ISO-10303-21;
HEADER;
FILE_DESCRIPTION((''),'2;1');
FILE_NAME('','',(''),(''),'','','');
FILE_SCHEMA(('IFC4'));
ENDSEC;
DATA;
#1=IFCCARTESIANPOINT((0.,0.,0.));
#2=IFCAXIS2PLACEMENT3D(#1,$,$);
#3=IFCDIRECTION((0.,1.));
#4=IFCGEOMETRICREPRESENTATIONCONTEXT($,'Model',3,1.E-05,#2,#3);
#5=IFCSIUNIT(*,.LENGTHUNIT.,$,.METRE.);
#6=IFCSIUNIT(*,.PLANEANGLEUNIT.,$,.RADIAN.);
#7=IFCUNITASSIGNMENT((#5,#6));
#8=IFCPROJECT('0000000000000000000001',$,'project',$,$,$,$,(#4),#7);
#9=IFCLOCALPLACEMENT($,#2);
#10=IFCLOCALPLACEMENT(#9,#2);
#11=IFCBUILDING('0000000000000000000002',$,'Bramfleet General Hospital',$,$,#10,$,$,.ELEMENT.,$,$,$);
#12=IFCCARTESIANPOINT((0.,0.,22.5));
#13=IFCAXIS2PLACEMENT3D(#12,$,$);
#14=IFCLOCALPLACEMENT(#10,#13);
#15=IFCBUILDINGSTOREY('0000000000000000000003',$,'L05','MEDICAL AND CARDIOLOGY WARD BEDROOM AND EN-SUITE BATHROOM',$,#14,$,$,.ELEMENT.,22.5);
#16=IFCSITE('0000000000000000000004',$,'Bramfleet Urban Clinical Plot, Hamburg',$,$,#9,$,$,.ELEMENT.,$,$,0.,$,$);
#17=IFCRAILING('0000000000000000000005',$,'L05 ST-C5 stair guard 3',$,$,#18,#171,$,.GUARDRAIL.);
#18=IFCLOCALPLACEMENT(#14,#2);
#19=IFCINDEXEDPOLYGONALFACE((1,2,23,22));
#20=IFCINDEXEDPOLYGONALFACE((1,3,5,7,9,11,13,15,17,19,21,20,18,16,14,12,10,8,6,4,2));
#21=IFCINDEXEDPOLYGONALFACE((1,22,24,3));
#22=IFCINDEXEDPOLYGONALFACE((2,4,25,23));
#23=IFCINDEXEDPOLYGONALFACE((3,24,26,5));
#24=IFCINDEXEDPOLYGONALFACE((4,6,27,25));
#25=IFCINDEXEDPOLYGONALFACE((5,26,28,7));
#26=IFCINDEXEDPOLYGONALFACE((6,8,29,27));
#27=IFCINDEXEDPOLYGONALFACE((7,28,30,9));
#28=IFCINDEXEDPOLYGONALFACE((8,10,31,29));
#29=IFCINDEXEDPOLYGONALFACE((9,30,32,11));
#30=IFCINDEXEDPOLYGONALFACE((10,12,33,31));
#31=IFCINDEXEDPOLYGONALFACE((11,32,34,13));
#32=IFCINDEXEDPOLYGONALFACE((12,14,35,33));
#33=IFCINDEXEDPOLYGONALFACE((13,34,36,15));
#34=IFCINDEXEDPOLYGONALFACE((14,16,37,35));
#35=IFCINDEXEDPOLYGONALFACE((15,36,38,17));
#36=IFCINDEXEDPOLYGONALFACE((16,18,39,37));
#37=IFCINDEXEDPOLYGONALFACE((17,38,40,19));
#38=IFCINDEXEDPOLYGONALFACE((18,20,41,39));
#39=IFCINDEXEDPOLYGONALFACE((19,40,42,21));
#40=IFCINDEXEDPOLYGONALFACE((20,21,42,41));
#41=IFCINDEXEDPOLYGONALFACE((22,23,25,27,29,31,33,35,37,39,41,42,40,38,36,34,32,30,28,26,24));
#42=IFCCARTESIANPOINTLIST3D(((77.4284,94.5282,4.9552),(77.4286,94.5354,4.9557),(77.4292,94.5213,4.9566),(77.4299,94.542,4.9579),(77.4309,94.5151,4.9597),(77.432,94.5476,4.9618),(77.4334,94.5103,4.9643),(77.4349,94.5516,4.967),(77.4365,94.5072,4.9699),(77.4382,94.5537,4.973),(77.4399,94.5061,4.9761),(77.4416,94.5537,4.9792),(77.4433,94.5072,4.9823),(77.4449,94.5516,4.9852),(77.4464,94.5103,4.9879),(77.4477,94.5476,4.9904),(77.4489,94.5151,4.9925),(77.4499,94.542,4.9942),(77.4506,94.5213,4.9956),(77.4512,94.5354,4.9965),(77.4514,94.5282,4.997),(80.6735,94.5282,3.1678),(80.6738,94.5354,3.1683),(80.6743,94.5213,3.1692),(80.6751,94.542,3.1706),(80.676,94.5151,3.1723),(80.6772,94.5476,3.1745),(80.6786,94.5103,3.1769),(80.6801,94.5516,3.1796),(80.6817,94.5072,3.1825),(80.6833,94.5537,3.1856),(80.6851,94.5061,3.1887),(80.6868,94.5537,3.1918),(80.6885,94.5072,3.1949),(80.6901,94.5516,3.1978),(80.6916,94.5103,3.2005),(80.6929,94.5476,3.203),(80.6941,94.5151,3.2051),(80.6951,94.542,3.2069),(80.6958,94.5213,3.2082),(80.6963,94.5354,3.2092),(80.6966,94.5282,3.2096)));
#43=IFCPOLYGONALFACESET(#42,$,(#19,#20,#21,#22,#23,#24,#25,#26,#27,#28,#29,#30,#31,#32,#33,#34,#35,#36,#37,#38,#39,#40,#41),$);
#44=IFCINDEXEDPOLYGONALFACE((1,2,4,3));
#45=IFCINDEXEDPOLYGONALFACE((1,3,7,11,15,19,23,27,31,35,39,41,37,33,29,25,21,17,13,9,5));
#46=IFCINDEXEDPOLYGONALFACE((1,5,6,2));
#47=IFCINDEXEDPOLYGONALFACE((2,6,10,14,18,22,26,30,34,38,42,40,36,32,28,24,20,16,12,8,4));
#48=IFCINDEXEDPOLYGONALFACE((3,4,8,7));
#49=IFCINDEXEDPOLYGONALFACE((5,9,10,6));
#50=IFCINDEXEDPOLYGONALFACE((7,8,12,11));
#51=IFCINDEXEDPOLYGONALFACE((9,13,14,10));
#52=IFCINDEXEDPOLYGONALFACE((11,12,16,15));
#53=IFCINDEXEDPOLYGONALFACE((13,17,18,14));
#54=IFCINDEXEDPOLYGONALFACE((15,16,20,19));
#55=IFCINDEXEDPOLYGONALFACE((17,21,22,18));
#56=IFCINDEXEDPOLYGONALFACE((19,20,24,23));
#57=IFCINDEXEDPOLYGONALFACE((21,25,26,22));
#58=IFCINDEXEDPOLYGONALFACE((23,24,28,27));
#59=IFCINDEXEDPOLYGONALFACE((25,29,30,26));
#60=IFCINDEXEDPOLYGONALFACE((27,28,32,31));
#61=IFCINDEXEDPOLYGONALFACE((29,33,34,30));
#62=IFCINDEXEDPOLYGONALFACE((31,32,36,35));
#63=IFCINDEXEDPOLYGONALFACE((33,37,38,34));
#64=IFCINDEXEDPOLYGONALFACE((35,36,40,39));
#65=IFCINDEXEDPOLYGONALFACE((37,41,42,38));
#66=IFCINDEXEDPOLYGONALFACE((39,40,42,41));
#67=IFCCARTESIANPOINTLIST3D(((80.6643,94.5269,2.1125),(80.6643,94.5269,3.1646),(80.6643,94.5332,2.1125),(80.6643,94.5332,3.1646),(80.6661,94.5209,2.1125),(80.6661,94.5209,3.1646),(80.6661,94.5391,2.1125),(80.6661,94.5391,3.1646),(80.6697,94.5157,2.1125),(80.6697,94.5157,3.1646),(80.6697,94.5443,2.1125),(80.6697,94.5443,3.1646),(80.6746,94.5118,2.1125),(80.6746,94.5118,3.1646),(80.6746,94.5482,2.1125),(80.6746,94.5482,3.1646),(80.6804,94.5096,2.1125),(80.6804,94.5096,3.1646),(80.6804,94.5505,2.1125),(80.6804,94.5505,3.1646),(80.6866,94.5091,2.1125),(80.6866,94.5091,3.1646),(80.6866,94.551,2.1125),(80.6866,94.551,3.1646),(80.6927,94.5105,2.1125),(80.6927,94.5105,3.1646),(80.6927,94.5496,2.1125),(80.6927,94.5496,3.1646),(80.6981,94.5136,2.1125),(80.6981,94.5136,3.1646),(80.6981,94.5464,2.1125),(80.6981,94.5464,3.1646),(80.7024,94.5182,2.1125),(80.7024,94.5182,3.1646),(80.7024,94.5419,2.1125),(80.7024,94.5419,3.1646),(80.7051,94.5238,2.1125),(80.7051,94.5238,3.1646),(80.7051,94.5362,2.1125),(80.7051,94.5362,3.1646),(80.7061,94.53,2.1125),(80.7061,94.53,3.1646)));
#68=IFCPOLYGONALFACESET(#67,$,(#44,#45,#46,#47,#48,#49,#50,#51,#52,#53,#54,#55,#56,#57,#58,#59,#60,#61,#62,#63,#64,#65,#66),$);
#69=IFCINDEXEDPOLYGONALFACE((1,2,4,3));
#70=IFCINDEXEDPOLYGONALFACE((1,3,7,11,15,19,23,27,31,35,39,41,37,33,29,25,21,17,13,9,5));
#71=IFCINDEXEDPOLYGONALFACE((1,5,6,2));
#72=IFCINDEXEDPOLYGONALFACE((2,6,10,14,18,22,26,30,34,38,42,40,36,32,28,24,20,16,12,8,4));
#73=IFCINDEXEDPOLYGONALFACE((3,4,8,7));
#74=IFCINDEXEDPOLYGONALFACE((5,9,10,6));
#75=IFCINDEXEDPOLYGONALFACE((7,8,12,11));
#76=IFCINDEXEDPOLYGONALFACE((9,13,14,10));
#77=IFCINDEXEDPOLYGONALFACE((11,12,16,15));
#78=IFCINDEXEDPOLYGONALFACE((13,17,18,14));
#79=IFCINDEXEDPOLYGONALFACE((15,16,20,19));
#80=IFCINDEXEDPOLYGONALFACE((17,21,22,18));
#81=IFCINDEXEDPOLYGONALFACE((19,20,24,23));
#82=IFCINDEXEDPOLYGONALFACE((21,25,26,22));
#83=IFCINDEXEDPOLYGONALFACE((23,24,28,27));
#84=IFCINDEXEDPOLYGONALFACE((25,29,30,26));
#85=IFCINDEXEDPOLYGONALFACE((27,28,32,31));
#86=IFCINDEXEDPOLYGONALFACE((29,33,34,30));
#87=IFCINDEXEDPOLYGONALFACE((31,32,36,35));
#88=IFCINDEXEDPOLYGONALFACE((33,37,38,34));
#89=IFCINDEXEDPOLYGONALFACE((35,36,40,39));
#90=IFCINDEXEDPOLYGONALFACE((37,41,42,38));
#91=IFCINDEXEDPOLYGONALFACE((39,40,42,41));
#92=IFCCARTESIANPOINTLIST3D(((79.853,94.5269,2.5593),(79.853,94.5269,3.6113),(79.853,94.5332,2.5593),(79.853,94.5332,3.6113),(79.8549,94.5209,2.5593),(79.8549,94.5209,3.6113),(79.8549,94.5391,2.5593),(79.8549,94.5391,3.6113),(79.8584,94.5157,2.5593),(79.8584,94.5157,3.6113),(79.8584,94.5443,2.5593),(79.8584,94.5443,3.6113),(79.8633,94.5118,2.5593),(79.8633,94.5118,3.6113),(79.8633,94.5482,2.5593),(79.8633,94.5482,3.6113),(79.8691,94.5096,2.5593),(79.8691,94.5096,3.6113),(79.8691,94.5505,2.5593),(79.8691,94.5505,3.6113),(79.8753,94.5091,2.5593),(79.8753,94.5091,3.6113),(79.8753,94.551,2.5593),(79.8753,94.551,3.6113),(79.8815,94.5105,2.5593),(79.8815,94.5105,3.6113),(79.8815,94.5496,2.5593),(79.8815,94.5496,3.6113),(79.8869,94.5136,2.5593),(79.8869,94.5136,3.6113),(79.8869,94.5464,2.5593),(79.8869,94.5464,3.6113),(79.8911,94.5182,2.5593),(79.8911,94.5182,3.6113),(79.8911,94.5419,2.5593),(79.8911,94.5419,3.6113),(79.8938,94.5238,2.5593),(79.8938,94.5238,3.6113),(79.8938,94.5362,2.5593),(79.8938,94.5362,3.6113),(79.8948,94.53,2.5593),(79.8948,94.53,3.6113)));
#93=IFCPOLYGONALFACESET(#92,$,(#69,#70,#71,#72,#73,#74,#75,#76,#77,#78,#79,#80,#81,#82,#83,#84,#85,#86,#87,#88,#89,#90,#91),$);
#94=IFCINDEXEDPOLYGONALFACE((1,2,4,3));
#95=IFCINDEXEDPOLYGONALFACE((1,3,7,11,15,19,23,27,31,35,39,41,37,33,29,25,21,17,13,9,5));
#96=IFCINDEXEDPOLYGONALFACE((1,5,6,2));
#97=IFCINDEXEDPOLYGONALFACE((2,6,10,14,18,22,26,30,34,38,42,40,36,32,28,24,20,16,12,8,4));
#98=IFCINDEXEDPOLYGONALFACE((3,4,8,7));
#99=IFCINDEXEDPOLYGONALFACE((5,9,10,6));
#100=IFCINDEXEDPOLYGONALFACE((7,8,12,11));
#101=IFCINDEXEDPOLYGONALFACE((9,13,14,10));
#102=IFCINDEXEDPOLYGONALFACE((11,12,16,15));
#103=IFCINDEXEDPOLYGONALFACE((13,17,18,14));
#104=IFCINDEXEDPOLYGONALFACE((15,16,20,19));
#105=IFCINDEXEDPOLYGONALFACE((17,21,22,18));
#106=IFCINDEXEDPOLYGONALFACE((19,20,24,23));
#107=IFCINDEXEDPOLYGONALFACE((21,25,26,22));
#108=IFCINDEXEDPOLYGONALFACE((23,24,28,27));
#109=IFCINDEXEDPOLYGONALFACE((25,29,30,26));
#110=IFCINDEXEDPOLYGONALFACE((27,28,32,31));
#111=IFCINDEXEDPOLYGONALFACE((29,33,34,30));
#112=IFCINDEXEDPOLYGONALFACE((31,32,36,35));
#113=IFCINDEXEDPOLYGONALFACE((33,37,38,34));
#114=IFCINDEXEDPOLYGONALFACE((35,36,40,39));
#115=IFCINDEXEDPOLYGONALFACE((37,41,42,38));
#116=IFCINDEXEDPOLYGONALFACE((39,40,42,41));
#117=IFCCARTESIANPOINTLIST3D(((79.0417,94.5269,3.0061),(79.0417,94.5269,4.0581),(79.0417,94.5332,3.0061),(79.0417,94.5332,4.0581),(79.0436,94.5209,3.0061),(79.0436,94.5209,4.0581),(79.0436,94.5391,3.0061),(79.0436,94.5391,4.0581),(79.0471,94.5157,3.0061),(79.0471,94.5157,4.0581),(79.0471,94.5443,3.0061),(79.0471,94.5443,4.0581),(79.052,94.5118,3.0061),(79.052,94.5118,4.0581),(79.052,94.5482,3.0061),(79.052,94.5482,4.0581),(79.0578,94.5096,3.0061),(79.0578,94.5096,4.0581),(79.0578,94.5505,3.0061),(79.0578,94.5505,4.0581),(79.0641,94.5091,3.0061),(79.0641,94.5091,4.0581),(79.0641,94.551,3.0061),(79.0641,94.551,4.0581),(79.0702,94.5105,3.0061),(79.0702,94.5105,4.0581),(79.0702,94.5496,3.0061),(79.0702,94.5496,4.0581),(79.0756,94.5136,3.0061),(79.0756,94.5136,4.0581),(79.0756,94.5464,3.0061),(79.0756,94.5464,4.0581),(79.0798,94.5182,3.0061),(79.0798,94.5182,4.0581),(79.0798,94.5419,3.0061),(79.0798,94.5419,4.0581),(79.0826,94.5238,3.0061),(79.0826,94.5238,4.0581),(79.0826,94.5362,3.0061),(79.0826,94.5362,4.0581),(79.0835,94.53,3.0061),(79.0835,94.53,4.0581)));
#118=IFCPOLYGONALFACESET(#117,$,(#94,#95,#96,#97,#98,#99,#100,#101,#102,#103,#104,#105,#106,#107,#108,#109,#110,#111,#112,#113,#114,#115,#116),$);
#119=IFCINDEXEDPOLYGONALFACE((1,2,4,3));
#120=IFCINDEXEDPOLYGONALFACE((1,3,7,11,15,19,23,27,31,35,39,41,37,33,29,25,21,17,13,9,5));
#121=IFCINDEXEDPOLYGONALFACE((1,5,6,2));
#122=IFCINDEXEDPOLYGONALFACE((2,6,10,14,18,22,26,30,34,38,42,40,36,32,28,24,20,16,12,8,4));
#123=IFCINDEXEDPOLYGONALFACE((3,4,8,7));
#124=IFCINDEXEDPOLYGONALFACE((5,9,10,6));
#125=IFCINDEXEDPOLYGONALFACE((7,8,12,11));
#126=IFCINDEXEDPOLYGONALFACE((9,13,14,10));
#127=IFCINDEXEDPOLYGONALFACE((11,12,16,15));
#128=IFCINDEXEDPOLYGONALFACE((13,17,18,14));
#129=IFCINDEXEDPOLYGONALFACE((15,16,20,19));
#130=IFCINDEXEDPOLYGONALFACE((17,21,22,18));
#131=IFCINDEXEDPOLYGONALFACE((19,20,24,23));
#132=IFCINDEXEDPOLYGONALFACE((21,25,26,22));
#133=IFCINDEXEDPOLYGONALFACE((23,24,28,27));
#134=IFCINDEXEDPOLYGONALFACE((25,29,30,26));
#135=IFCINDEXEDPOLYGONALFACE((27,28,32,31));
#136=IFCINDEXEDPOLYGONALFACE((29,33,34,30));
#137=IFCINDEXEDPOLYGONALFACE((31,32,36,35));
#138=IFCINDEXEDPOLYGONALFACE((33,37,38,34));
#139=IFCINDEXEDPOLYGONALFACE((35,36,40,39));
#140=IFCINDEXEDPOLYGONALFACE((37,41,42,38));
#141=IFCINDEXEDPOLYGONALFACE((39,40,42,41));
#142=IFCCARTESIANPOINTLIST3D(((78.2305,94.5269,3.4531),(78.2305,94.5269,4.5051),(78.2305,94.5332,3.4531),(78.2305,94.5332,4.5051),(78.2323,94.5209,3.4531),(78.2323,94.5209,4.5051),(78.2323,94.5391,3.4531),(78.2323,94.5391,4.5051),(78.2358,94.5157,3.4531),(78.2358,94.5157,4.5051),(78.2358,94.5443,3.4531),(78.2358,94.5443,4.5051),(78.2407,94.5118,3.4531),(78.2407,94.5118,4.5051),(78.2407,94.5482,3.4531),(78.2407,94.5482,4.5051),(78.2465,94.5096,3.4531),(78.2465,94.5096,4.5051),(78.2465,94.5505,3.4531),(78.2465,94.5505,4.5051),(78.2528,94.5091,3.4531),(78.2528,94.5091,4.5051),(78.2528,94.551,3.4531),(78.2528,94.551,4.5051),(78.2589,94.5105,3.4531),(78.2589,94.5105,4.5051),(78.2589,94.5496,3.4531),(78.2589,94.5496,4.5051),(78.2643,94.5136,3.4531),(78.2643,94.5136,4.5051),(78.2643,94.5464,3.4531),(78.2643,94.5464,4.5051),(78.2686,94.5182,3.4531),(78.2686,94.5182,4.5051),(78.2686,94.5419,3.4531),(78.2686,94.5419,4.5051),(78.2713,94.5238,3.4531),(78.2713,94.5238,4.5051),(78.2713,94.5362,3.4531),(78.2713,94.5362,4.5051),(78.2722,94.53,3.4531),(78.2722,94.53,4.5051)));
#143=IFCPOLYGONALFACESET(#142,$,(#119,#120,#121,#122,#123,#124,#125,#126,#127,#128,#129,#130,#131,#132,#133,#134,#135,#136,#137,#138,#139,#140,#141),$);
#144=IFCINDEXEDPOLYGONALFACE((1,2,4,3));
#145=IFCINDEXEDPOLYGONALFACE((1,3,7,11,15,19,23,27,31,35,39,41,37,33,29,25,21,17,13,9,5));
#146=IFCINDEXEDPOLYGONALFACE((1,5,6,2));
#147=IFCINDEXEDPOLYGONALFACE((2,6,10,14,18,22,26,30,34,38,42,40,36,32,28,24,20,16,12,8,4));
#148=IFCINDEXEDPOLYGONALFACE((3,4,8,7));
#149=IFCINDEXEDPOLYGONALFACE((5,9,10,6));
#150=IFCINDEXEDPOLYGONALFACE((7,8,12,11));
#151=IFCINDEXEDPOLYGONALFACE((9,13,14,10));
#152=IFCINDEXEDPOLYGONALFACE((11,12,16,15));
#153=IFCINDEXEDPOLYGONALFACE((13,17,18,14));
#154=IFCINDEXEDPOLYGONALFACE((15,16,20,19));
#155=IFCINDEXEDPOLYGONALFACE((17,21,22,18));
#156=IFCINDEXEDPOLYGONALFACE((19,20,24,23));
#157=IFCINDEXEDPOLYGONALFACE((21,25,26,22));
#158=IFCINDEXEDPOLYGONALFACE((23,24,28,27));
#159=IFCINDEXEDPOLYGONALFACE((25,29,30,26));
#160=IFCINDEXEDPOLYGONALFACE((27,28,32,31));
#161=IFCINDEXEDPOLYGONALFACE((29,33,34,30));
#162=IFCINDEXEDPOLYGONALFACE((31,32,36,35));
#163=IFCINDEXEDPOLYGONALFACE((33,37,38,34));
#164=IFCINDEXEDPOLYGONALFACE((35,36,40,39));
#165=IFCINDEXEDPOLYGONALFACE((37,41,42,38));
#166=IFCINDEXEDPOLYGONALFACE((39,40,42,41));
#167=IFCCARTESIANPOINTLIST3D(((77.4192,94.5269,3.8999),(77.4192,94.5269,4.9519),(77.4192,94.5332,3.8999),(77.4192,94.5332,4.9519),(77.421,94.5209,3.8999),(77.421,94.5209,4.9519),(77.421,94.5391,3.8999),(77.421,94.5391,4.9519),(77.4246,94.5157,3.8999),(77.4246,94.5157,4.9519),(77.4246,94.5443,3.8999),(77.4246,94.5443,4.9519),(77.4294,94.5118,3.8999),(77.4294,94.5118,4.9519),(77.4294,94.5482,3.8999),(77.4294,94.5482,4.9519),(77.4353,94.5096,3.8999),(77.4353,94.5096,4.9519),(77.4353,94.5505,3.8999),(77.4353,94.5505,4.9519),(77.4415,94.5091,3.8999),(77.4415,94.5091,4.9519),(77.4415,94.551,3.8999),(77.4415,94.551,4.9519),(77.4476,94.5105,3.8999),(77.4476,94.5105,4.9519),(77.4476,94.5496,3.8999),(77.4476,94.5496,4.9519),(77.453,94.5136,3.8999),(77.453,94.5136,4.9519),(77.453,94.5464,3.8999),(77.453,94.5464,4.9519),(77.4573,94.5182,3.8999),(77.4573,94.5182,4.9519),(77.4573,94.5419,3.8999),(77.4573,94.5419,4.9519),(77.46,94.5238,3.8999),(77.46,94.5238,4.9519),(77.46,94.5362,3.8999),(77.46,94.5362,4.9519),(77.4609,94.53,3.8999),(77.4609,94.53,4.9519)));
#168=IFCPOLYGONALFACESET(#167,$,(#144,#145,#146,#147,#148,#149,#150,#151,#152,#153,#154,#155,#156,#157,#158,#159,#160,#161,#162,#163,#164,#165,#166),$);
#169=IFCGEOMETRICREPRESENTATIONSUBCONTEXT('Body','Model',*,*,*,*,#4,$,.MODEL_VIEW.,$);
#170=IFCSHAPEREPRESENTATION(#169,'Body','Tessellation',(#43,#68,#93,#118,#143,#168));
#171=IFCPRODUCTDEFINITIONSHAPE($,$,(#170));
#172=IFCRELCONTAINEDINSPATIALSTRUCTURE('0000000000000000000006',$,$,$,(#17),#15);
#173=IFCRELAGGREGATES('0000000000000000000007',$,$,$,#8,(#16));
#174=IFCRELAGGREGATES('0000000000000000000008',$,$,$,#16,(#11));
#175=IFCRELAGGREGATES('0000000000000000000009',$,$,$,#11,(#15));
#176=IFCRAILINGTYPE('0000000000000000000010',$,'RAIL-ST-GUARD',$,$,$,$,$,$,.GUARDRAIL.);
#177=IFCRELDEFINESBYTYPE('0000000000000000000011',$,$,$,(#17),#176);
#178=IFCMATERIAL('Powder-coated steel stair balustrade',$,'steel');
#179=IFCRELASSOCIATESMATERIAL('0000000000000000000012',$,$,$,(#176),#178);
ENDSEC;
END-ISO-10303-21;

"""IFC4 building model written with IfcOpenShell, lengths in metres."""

from ifc_helpers import new_model, si_unit, direction, frame, origin, origin_2d, place, context, subcontext, project, spatial, circle, extrude, material, type_object, element, save


model = new_model("IFC4")

# Units and contexts
model_context = context("Model", 3, precision=1e-05, world=origin(), true_north=direction((0.0, 1.0)))
body_context = subcontext(model_context, "Body", "Model", "MODEL_VIEW")
ifc_project = project(units=[si_unit("LENGTHUNIT", "METRE"), si_unit("PLANEANGLEUNIT", "RADIAN")], contexts=[model_context])

# Site, building, storey
site_placement = place(None, origin())
site = spatial("IfcSite", under=ifc_project, at=site_placement, Name="Bramfleet Urban Clinical Plot, Hamburg", CompositionType="ELEMENT", RefElevation=0.0)
building_placement = place(site_placement, origin())
building = spatial("IfcBuilding", under=site, at=building_placement, Name="Bramfleet General Hospital", CompositionType="ELEMENT")
storey_placement = place(building_placement, frame((0.0, 0.0, 22.5)))
storey = spatial("IfcBuildingStorey", under=building, at=storey_placement, Name="L05", Description="MEDICAL AND CARDIOLOGY WARD BEDROOM AND EN-SUITE BATHROOM", CompositionType="ELEMENT", Elevation=22.5)

# Railing
ifc_material_1 = material(Name="Powder-coated steel stair balustrade", Category="steel")
railing_type_1 = type_object("IfcRailingType", Name="RAIL-ST-GUARD", PredefinedType="GUARDRAIL", material=ifc_material_1)
railing_1_placement = place(storey_placement, frame((80.6851, 94.53, 2.1125)))
element("IfcRailing", 1, at=railing_1_placement, inside=storey, type_object=railing_type_1, Name="L05 ST-C5 stair guard 3", PredefinedType="GUARDRAIL", context=body_context, shape_type="SweptSolid", body=[
    extrude(circle(Radius=0.0239, at=origin_2d()), frame((0.0, 0.0, 1.0762), z_axis=(-0.875926, 0.0, 0.482445), x_axis=(0.0, -1.0, 0.0)), (0.0, 0.0, 1.0), 3.7048),
    extrude(circle(Radius=0.021, at=origin_2d()), origin(), (0.0, 0.0, 1.0), 1.052),
    extrude(circle(Radius=0.021, at=origin_2d()), frame((-0.8113, 0.0, 0.4468)), (0.0, 0.0, 1.0), 1.052),
    extrude(circle(Radius=0.021, at=origin_2d()), frame((-1.6226, 0.0, 0.8936)), (0.0, 0.0, 1.0), 1.052),
    extrude(circle(Radius=0.021, at=origin_2d()), frame((-2.4338, 0.0, 1.3406)), (0.0, 0.0, 1.0), 1.052),
    extrude(circle(Radius=0.021, at=origin_2d()), frame((-3.2451, 0.0, 1.7874)), (0.0, 0.0, 1.0), 1.052),
])

save(model, "model.ifc")
